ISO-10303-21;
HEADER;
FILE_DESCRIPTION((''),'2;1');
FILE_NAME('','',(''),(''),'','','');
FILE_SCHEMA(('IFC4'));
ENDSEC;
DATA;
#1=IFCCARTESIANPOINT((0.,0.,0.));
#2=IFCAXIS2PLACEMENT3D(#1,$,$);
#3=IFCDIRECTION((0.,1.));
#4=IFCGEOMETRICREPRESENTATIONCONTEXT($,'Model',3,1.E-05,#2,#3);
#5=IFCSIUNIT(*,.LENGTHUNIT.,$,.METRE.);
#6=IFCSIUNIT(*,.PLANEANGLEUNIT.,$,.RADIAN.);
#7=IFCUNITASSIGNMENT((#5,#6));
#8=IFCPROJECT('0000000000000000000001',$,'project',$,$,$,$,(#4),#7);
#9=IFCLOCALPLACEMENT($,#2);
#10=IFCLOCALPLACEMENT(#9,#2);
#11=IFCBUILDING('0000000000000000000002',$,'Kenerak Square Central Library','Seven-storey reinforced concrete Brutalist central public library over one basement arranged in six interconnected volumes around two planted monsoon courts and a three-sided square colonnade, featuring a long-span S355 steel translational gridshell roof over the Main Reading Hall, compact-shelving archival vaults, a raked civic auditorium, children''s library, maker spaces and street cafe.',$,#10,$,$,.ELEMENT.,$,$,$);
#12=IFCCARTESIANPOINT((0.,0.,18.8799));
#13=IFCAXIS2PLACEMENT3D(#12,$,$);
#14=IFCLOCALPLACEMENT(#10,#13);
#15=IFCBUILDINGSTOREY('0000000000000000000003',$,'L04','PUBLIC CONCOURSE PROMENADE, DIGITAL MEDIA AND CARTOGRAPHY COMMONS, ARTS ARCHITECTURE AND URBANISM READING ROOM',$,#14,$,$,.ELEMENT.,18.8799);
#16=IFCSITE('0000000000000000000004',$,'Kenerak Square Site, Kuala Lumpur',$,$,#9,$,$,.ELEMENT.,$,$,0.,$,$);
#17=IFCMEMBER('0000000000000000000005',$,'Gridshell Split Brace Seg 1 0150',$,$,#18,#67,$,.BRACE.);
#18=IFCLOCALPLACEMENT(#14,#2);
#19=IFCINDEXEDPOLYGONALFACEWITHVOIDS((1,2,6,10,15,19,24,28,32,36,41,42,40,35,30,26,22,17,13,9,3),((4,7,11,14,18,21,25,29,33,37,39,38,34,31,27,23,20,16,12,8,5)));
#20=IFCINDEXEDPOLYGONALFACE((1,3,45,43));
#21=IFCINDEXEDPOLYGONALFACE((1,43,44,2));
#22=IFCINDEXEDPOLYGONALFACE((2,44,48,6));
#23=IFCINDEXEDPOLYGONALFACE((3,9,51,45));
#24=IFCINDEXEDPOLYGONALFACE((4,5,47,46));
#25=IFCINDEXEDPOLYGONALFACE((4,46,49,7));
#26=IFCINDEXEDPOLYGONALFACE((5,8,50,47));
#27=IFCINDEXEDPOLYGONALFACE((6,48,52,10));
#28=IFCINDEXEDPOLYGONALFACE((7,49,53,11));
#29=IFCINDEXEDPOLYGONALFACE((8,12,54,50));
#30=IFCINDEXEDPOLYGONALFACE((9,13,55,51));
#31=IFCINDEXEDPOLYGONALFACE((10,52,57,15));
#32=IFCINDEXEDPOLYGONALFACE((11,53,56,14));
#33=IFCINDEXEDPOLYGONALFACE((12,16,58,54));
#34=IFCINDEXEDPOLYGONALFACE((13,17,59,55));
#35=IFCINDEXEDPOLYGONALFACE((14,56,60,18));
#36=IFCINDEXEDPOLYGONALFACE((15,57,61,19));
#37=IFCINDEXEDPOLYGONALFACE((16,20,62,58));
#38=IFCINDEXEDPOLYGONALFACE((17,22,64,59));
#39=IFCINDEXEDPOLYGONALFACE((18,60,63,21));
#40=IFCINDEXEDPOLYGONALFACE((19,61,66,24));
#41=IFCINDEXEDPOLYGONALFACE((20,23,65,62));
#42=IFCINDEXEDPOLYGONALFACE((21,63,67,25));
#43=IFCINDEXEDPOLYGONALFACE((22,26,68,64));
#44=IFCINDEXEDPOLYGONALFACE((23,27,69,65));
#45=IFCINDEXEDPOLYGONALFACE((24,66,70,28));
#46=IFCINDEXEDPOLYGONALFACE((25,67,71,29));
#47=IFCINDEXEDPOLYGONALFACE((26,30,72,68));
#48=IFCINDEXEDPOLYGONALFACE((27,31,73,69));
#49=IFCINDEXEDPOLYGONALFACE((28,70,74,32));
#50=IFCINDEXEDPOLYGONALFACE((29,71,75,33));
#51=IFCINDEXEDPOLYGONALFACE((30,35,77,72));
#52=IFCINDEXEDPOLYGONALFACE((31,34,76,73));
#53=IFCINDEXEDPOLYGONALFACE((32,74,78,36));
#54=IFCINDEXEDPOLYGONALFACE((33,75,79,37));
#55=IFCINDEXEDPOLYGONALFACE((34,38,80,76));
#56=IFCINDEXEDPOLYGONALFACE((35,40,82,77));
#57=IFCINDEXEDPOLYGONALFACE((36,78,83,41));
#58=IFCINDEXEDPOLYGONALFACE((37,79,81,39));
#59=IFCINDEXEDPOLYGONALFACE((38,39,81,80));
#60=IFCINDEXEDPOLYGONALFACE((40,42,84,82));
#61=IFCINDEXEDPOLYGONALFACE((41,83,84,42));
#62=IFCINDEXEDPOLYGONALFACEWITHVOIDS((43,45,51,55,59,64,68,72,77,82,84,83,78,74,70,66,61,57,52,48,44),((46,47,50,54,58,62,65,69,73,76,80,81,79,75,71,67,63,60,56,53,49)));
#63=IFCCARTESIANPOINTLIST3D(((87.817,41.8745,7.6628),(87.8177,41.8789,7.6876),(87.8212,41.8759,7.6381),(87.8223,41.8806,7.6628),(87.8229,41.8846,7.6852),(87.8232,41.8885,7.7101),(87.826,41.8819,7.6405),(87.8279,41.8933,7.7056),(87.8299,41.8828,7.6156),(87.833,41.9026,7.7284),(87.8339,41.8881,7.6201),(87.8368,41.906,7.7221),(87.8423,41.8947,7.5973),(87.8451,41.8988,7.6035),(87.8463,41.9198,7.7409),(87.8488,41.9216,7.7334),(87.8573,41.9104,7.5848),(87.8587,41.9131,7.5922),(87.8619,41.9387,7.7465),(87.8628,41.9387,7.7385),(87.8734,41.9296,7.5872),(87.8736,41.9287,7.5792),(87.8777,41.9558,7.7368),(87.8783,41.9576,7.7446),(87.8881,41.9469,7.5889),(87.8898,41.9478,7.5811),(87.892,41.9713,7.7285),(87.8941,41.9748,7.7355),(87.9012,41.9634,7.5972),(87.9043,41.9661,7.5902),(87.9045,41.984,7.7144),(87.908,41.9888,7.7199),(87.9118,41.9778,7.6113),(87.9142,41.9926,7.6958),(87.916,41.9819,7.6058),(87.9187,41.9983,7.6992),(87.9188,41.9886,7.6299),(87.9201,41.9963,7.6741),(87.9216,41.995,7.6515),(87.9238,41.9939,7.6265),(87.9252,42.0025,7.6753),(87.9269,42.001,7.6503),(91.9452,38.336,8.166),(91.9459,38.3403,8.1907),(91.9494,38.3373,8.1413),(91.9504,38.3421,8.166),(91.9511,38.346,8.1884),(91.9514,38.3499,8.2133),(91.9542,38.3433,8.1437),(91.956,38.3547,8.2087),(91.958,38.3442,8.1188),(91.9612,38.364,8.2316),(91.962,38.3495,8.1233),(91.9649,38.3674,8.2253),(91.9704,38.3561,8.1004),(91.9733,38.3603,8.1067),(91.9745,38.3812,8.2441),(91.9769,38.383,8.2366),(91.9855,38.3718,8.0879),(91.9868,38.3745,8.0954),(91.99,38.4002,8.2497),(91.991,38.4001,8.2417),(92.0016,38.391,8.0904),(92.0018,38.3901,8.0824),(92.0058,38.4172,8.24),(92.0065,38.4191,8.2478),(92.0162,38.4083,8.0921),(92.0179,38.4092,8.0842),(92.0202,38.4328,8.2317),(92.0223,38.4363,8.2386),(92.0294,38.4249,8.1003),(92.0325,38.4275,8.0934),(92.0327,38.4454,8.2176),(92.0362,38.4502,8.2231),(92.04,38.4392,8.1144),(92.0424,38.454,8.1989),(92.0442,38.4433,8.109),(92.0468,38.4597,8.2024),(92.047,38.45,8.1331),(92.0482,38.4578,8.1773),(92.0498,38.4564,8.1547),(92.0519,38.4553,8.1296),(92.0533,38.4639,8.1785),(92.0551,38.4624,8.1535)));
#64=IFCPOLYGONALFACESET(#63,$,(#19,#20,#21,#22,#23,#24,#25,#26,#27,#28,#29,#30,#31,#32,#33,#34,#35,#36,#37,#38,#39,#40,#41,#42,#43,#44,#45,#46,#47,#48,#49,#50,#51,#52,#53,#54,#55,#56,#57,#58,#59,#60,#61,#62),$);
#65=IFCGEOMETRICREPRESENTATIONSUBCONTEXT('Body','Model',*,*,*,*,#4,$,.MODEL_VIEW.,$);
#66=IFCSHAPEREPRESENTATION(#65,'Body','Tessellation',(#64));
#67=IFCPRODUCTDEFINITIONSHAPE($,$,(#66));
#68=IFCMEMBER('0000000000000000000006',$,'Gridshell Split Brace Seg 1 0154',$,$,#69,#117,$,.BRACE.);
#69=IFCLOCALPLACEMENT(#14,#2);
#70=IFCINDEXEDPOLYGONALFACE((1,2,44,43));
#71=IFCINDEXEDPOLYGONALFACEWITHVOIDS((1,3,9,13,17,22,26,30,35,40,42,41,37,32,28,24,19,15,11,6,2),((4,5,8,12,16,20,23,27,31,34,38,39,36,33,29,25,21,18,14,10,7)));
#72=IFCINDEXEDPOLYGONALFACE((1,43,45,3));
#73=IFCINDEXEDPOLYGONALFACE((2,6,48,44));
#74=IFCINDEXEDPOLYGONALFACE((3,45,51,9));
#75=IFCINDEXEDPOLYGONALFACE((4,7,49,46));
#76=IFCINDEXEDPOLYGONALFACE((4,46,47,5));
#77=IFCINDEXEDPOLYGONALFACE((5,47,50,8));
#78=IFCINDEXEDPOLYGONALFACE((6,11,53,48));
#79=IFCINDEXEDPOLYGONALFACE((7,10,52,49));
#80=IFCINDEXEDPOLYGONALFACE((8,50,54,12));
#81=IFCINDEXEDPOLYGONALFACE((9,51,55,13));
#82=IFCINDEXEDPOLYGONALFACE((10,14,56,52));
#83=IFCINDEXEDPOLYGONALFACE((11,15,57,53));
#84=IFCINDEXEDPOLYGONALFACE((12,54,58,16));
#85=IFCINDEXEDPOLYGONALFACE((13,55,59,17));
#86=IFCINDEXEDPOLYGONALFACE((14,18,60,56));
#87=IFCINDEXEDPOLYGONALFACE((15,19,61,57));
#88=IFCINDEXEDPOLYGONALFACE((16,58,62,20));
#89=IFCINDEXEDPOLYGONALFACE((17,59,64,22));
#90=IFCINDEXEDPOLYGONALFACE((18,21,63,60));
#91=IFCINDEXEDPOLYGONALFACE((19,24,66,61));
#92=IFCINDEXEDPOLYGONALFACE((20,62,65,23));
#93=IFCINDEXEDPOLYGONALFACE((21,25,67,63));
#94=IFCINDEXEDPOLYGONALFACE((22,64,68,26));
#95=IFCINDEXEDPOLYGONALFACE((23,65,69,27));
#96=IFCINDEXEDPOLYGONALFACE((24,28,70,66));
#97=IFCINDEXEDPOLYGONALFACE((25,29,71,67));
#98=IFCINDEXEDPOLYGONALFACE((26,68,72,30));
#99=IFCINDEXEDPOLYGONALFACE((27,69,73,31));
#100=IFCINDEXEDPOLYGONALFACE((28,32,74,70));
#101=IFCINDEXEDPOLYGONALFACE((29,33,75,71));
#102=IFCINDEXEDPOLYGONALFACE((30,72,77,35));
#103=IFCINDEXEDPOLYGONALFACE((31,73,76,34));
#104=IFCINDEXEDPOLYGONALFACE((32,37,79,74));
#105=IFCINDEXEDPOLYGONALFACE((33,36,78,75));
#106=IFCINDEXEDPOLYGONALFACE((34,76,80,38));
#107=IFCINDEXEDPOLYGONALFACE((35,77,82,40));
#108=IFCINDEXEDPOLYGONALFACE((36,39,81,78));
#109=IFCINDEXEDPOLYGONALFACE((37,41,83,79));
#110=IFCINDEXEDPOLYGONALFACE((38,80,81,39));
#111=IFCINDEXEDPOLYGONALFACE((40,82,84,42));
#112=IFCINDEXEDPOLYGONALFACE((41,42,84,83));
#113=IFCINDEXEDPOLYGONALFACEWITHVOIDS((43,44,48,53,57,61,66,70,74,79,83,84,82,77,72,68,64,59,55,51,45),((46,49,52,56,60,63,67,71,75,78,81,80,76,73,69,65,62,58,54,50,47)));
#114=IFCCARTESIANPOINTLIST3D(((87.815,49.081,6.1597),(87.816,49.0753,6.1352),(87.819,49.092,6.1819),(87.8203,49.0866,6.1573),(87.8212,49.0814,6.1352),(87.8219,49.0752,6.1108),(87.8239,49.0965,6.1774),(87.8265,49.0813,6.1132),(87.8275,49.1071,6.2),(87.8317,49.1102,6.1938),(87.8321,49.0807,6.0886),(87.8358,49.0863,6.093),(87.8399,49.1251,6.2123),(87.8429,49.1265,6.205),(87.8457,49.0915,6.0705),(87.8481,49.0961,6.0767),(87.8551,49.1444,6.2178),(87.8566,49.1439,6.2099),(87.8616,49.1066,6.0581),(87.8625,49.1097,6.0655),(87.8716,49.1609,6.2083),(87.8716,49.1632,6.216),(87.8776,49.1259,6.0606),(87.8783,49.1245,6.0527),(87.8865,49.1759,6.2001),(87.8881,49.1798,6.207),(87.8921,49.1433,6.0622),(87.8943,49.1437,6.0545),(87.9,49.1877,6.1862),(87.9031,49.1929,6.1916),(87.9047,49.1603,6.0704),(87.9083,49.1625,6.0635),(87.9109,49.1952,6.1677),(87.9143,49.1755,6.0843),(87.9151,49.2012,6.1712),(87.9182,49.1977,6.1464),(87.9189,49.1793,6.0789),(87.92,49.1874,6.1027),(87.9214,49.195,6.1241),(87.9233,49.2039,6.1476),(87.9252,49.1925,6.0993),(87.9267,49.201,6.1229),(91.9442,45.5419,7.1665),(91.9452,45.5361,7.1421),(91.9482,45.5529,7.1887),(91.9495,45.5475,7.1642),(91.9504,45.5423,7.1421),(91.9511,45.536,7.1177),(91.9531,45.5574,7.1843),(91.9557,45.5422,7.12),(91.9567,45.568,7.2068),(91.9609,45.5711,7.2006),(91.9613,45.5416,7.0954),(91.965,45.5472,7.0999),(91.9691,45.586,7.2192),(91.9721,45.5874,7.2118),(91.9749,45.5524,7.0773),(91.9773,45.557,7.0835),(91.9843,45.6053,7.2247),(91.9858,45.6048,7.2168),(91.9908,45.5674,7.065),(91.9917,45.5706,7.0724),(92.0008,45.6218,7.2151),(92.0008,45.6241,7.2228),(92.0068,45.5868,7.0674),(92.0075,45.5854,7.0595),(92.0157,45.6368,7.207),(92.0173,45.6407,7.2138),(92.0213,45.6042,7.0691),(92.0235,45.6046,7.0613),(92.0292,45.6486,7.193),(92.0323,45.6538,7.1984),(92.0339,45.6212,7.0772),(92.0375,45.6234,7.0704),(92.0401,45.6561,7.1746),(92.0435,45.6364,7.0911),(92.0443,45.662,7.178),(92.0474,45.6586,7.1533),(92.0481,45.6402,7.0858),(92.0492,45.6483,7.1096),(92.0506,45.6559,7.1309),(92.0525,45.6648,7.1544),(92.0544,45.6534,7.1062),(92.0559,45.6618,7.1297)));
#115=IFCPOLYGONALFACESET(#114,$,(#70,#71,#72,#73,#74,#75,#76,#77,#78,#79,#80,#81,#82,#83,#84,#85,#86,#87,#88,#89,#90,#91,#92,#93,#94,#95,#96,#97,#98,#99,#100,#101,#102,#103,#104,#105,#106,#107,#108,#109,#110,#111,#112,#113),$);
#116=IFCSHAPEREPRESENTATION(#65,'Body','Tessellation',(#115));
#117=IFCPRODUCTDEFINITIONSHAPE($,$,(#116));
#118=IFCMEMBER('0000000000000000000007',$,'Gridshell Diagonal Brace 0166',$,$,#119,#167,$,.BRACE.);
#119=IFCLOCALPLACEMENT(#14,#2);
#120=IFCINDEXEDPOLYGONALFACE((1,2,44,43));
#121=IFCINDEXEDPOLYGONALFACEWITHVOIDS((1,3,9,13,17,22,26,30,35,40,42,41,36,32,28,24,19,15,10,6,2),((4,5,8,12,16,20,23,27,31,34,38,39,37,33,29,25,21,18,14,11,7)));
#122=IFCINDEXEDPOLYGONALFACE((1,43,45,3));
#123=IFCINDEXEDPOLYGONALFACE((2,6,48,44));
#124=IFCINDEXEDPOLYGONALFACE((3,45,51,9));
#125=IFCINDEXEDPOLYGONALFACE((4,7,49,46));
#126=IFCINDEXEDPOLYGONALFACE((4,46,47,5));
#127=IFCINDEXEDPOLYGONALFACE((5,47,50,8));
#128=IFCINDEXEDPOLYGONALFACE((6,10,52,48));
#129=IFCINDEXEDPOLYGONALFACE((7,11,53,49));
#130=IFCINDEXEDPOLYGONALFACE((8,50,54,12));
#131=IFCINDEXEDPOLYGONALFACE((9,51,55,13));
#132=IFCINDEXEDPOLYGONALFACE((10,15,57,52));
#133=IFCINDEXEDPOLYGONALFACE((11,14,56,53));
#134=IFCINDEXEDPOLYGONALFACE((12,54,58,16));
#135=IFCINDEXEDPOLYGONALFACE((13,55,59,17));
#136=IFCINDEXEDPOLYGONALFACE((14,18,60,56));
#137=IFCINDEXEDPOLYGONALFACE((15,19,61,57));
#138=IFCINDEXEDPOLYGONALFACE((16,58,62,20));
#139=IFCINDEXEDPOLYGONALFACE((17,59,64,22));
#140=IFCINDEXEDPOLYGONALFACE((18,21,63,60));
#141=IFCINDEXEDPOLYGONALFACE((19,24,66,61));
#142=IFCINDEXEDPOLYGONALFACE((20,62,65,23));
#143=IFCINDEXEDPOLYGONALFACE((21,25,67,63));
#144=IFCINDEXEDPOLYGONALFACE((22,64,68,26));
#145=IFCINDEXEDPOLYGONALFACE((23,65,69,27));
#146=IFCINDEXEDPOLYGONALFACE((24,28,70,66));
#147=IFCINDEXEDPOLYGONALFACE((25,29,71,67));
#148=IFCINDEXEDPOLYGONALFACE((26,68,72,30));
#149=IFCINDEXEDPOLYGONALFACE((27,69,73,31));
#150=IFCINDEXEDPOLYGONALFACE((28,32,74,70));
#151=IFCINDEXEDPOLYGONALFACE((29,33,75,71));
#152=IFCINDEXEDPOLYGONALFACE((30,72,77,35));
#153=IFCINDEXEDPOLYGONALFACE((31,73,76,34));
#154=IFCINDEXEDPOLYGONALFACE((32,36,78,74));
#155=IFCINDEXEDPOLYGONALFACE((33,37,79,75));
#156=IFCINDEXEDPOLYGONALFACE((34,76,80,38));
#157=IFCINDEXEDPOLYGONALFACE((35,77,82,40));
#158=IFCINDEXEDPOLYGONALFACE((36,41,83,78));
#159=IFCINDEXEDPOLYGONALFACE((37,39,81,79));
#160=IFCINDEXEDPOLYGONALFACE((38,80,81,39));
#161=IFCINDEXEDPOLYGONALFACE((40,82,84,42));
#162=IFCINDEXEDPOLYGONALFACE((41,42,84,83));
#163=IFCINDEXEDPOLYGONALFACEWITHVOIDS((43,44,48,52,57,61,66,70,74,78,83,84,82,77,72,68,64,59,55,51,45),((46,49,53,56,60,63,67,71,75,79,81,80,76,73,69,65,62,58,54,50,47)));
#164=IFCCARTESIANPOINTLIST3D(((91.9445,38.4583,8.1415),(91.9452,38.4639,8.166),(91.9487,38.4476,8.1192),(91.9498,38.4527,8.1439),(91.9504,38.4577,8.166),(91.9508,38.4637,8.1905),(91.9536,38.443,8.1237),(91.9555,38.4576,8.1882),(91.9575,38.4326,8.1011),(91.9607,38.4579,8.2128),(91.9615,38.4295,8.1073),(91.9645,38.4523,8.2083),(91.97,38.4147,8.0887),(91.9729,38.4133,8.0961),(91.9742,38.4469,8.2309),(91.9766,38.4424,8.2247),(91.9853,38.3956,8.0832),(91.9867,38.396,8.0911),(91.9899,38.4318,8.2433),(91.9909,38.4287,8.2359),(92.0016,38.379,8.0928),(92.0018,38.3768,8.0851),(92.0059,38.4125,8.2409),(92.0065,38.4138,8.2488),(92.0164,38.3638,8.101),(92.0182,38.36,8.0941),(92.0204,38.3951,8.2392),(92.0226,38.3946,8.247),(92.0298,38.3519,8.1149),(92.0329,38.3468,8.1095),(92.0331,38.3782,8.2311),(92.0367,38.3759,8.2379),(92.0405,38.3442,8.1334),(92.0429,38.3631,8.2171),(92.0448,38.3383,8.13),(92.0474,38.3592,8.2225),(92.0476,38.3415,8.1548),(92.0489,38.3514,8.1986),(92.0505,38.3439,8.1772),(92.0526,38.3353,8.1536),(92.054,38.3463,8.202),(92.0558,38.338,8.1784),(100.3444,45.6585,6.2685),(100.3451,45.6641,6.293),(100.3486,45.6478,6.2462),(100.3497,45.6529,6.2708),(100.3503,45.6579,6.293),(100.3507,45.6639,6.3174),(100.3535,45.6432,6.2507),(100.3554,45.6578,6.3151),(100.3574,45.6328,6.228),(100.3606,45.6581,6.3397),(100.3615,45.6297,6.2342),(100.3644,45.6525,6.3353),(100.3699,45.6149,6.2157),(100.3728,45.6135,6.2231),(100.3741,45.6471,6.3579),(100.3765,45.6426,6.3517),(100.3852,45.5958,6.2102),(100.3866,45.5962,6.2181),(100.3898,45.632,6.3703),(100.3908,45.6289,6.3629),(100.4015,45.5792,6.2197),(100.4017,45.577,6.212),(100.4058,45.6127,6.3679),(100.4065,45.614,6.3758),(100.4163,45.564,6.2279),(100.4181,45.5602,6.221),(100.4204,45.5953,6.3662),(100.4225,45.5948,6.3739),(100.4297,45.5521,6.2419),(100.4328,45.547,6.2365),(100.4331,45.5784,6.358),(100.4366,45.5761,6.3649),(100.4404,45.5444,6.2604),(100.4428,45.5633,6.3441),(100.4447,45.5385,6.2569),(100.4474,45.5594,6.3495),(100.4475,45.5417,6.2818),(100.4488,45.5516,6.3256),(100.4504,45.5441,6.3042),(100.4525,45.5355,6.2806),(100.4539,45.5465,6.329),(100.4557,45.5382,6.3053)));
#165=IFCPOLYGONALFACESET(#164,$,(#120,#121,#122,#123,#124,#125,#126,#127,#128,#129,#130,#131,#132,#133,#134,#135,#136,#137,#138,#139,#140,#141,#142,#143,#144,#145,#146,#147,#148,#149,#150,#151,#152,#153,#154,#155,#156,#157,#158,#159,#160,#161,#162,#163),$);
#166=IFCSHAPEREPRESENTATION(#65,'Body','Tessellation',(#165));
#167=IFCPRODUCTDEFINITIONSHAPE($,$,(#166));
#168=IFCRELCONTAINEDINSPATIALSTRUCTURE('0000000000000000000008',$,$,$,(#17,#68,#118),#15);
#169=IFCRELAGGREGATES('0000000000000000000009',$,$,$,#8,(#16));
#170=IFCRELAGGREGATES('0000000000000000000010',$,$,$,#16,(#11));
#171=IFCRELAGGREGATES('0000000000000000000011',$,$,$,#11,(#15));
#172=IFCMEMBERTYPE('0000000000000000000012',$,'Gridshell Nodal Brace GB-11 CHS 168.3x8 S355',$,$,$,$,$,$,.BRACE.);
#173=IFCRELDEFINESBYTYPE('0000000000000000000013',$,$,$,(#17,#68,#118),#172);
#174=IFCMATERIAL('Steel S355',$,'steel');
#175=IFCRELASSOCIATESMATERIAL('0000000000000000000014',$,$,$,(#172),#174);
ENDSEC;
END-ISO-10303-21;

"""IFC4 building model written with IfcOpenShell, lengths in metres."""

from ifc_helpers import new_model, si_unit, direction, frame, origin, origin_2d, place, context, subcontext, project, spatial, hollow_circle, extrude, material, material_profile, profile_set, type_object, element, save


model = new_model("IFC4")

# Units and contexts
model_context = context("Model", 3, precision=1e-05, world=origin(), true_north=direction((0.0, 1.0)))
body_context = subcontext(model_context, "Body", "Model", "MODEL_VIEW")
ifc_project = project(units=[si_unit("LENGTHUNIT", "METRE"), si_unit("PLANEANGLEUNIT", "RADIAN")], contexts=[model_context])

# Site, building, storey
site_placement = place(None, origin())
site = spatial("IfcSite", under=ifc_project, at=site_placement, Name="Kenerak Square Site, Kuala Lumpur", CompositionType="ELEMENT", RefElevation=0.0)
building_placement = place(site_placement, origin())
building = spatial("IfcBuilding", under=site, at=building_placement, Name="Kenerak Square Central Library", Description="Seven-storey reinforced concrete Brutalist central public library over one basement arranged in six interconnected volumes around two planted monsoon courts and a three-sided square colonnade, featuring a long-span S355 steel translational gridshell roof over the Main Reading Hall, compact-shelving archival vaults, a raked civic auditorium, children's library, maker spaces and street cafe.", CompositionType="ELEMENT")
storey_placement = place(building_placement, frame((0.0, 0.0, 18.8799)))
storey = spatial("IfcBuildingStorey", under=building, at=storey_placement, Name="L04", Description="PUBLIC CONCOURSE PROMENADE, DIGITAL MEDIA AND CARTOGRAPHY COMMONS, ARTS ARCHITECTURE AND URBANISM READING ROOM", CompositionType="ELEMENT", Elevation=18.8799)

# Members
ifc_material = material(Name="Steel S355", Category="steel")
ifc_material_profile_1 = material_profile(ifc_material, hollow_circle(Radius=0.0842, WallThickness=0.0081, at=origin_2d()), Name="CHS 168.3x8.0")
ifc_profile_set_1 = profile_set([ifc_material_profile_1], Name="Steel S355")
member_type_1 = type_object("IfcMemberType", Name="Gridshell Nodal Brace GB-11 CHS 168.3x8 S355", PredefinedType="BRACE", material=ifc_profile_set_1)
member_1_placement = place(storey_placement, frame((92.0, 38.3999, 8.166), z_axis=(-0.756014, 0.648037, -0.092149), x_axis=(-0.650806, -0.759244, 0.0)))
element("IfcMember", 1, at=member_1_placement, inside=storey, type_object=member_type_1, Name="Gridshell Split Brace Seg 1 0150", PredefinedType="BRACE", context=body_context, shape_type="SweptSolid", body=[
    extrude(hollow_circle(Radius=0.0842, WallThickness=0.0081, at=origin_2d()), origin(), (0.0, 0.0, 1.0), 5.4604),
])
member_2_placement = place(storey_placement, frame((92.0, 45.6001, 7.1421), z_axis=(-0.746588, 0.639895, -0.182045), x_axis=(-0.650769, -0.759276, 0.0)))
element("IfcMember", 2, at=member_2_placement, inside=storey, type_object=member_type_1, Name="Gridshell Split Brace Seg 1 0154", PredefinedType="BRACE", context=body_context, shape_type="SweptSolid", body=[
    extrude(hollow_circle(Radius=0.0842, WallThickness=0.0081, at=origin_2d()), origin(), (0.0, 0.0, 1.0), 5.5308),
])
member_3_placement = place(storey_placement, frame((92.0, 38.3999, 8.166), z_axis=(0.748592, 0.641675, -0.166924), x_axis=(-0.650806, 0.759244, 0.0)))
element("IfcMember", 3, at=member_3_placement, inside=storey, type_object=member_type_1, Name="Gridshell Diagonal Brace 0166", PredefinedType="BRACE", context=body_context, shape_type="SweptSolid", body=[
    extrude(hollow_circle(Radius=0.0842, WallThickness=0.0081, at=origin_2d()), origin(), (0.0, 0.0, 1.0), 11.2209),
])

save(model, "model.ifc")
